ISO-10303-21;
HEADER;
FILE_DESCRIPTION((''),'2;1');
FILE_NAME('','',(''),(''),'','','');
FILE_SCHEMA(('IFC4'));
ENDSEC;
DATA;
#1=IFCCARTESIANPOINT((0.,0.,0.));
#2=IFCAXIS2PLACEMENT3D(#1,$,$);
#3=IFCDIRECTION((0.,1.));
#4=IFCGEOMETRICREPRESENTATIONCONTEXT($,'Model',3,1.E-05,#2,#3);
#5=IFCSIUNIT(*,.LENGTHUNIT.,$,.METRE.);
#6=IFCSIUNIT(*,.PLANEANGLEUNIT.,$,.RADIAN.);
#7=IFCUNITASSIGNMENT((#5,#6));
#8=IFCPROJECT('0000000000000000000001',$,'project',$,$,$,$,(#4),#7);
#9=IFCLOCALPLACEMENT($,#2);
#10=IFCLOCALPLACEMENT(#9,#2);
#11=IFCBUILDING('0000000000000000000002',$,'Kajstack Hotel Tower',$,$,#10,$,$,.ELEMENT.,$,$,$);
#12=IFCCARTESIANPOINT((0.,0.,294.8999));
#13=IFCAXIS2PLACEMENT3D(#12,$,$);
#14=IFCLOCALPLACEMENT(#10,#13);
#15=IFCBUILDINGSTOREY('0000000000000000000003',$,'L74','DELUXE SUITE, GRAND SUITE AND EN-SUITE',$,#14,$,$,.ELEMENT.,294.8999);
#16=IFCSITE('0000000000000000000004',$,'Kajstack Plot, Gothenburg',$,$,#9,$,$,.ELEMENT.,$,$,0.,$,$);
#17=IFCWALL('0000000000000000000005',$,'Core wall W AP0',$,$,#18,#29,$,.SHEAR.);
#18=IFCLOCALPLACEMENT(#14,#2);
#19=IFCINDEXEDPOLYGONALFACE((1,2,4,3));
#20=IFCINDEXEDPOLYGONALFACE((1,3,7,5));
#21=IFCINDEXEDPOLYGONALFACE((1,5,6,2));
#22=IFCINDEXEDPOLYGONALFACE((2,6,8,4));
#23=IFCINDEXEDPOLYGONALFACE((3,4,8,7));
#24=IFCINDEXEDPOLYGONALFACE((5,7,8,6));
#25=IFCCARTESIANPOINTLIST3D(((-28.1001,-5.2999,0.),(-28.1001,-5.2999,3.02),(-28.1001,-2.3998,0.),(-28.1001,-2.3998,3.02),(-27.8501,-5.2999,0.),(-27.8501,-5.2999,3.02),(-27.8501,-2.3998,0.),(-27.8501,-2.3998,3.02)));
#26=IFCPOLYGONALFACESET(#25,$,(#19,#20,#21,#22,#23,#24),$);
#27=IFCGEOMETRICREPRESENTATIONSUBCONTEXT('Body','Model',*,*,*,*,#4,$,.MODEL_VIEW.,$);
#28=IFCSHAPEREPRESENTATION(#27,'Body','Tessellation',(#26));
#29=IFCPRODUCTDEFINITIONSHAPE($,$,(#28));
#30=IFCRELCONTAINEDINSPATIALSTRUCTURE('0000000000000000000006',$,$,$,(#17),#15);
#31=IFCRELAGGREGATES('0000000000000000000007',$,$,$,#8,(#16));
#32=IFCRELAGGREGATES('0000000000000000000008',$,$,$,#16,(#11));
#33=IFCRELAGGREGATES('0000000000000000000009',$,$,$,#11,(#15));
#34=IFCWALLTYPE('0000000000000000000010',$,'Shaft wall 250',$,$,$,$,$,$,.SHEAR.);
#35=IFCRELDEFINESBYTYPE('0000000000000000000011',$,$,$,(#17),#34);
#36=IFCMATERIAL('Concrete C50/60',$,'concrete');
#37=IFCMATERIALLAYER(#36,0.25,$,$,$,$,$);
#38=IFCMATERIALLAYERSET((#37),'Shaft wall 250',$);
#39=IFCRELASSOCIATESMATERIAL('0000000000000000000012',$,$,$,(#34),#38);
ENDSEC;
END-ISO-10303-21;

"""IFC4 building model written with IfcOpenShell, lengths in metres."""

from ifc_helpers import new_model, si_unit, direction, frame, frame_2d, origin, place, context, subcontext, project, spatial, rectangle, extrude, material, layer, layer_set, type_object, element, save


model = new_model("IFC4")

# Units and contexts
model_context = context("Model", 3, precision=1e-05, world=origin(), true_north=direction((0.0, 1.0)))
body_context = subcontext(model_context, "Body", "Model", "MODEL_VIEW")
ifc_project = project(units=[si_unit("LENGTHUNIT", "METRE"), si_unit("PLANEANGLEUNIT", "RADIAN")], contexts=[model_context])

# Site, building, storey
site_placement = place(None, origin())
site = spatial("IfcSite", under=ifc_project, at=site_placement, Name="Kajstack Plot, Gothenburg", CompositionType="ELEMENT", RefElevation=0.0)
building_placement = place(site_placement, origin())
building = spatial("IfcBuilding", under=site, at=building_placement, Name="Kajstack Hotel Tower", CompositionType="ELEMENT")
storey_placement = place(building_placement, frame((0.0, 0.0, 294.8999)))
storey = spatial("IfcBuildingStorey", under=building, at=storey_placement, Name="L74", Description="DELUXE SUITE, GRAND SUITE AND EN-SUITE", CompositionType="ELEMENT", Elevation=294.8999)

# Wall
ifc_material_1 = material(Name="Concrete C50/60", Category="concrete")
ifc_layer_1 = layer(ifc_material_1, 0.25)
ifc_layer_set_1 = layer_set([ifc_layer_1], Name="Shaft wall 250")
wall_type_1 = type_object("IfcWallType", Name="Shaft wall 250", PredefinedType="SHEAR", material=ifc_layer_set_1)
wall_1_placement = place(storey_placement, frame((-27.9751, -5.3, 0.0), z_axis=(0.0, 0.0, 1.0), x_axis=(0.0, 1.0, 0.0)))
element("IfcWall", 1, at=wall_1_placement, inside=storey, type_object=wall_type_1, Name="Core wall W AP0", PredefinedType="SHEAR", context=body_context, shape_type="SweptSolid", body=[
    extrude(rectangle(XDim=2.9001, YDim=0.25, at=frame_2d((1.4502, 0.0))), origin(), (0.0, 0.0, 1.0), 3.02),
])

save(model, "model.ifc")
